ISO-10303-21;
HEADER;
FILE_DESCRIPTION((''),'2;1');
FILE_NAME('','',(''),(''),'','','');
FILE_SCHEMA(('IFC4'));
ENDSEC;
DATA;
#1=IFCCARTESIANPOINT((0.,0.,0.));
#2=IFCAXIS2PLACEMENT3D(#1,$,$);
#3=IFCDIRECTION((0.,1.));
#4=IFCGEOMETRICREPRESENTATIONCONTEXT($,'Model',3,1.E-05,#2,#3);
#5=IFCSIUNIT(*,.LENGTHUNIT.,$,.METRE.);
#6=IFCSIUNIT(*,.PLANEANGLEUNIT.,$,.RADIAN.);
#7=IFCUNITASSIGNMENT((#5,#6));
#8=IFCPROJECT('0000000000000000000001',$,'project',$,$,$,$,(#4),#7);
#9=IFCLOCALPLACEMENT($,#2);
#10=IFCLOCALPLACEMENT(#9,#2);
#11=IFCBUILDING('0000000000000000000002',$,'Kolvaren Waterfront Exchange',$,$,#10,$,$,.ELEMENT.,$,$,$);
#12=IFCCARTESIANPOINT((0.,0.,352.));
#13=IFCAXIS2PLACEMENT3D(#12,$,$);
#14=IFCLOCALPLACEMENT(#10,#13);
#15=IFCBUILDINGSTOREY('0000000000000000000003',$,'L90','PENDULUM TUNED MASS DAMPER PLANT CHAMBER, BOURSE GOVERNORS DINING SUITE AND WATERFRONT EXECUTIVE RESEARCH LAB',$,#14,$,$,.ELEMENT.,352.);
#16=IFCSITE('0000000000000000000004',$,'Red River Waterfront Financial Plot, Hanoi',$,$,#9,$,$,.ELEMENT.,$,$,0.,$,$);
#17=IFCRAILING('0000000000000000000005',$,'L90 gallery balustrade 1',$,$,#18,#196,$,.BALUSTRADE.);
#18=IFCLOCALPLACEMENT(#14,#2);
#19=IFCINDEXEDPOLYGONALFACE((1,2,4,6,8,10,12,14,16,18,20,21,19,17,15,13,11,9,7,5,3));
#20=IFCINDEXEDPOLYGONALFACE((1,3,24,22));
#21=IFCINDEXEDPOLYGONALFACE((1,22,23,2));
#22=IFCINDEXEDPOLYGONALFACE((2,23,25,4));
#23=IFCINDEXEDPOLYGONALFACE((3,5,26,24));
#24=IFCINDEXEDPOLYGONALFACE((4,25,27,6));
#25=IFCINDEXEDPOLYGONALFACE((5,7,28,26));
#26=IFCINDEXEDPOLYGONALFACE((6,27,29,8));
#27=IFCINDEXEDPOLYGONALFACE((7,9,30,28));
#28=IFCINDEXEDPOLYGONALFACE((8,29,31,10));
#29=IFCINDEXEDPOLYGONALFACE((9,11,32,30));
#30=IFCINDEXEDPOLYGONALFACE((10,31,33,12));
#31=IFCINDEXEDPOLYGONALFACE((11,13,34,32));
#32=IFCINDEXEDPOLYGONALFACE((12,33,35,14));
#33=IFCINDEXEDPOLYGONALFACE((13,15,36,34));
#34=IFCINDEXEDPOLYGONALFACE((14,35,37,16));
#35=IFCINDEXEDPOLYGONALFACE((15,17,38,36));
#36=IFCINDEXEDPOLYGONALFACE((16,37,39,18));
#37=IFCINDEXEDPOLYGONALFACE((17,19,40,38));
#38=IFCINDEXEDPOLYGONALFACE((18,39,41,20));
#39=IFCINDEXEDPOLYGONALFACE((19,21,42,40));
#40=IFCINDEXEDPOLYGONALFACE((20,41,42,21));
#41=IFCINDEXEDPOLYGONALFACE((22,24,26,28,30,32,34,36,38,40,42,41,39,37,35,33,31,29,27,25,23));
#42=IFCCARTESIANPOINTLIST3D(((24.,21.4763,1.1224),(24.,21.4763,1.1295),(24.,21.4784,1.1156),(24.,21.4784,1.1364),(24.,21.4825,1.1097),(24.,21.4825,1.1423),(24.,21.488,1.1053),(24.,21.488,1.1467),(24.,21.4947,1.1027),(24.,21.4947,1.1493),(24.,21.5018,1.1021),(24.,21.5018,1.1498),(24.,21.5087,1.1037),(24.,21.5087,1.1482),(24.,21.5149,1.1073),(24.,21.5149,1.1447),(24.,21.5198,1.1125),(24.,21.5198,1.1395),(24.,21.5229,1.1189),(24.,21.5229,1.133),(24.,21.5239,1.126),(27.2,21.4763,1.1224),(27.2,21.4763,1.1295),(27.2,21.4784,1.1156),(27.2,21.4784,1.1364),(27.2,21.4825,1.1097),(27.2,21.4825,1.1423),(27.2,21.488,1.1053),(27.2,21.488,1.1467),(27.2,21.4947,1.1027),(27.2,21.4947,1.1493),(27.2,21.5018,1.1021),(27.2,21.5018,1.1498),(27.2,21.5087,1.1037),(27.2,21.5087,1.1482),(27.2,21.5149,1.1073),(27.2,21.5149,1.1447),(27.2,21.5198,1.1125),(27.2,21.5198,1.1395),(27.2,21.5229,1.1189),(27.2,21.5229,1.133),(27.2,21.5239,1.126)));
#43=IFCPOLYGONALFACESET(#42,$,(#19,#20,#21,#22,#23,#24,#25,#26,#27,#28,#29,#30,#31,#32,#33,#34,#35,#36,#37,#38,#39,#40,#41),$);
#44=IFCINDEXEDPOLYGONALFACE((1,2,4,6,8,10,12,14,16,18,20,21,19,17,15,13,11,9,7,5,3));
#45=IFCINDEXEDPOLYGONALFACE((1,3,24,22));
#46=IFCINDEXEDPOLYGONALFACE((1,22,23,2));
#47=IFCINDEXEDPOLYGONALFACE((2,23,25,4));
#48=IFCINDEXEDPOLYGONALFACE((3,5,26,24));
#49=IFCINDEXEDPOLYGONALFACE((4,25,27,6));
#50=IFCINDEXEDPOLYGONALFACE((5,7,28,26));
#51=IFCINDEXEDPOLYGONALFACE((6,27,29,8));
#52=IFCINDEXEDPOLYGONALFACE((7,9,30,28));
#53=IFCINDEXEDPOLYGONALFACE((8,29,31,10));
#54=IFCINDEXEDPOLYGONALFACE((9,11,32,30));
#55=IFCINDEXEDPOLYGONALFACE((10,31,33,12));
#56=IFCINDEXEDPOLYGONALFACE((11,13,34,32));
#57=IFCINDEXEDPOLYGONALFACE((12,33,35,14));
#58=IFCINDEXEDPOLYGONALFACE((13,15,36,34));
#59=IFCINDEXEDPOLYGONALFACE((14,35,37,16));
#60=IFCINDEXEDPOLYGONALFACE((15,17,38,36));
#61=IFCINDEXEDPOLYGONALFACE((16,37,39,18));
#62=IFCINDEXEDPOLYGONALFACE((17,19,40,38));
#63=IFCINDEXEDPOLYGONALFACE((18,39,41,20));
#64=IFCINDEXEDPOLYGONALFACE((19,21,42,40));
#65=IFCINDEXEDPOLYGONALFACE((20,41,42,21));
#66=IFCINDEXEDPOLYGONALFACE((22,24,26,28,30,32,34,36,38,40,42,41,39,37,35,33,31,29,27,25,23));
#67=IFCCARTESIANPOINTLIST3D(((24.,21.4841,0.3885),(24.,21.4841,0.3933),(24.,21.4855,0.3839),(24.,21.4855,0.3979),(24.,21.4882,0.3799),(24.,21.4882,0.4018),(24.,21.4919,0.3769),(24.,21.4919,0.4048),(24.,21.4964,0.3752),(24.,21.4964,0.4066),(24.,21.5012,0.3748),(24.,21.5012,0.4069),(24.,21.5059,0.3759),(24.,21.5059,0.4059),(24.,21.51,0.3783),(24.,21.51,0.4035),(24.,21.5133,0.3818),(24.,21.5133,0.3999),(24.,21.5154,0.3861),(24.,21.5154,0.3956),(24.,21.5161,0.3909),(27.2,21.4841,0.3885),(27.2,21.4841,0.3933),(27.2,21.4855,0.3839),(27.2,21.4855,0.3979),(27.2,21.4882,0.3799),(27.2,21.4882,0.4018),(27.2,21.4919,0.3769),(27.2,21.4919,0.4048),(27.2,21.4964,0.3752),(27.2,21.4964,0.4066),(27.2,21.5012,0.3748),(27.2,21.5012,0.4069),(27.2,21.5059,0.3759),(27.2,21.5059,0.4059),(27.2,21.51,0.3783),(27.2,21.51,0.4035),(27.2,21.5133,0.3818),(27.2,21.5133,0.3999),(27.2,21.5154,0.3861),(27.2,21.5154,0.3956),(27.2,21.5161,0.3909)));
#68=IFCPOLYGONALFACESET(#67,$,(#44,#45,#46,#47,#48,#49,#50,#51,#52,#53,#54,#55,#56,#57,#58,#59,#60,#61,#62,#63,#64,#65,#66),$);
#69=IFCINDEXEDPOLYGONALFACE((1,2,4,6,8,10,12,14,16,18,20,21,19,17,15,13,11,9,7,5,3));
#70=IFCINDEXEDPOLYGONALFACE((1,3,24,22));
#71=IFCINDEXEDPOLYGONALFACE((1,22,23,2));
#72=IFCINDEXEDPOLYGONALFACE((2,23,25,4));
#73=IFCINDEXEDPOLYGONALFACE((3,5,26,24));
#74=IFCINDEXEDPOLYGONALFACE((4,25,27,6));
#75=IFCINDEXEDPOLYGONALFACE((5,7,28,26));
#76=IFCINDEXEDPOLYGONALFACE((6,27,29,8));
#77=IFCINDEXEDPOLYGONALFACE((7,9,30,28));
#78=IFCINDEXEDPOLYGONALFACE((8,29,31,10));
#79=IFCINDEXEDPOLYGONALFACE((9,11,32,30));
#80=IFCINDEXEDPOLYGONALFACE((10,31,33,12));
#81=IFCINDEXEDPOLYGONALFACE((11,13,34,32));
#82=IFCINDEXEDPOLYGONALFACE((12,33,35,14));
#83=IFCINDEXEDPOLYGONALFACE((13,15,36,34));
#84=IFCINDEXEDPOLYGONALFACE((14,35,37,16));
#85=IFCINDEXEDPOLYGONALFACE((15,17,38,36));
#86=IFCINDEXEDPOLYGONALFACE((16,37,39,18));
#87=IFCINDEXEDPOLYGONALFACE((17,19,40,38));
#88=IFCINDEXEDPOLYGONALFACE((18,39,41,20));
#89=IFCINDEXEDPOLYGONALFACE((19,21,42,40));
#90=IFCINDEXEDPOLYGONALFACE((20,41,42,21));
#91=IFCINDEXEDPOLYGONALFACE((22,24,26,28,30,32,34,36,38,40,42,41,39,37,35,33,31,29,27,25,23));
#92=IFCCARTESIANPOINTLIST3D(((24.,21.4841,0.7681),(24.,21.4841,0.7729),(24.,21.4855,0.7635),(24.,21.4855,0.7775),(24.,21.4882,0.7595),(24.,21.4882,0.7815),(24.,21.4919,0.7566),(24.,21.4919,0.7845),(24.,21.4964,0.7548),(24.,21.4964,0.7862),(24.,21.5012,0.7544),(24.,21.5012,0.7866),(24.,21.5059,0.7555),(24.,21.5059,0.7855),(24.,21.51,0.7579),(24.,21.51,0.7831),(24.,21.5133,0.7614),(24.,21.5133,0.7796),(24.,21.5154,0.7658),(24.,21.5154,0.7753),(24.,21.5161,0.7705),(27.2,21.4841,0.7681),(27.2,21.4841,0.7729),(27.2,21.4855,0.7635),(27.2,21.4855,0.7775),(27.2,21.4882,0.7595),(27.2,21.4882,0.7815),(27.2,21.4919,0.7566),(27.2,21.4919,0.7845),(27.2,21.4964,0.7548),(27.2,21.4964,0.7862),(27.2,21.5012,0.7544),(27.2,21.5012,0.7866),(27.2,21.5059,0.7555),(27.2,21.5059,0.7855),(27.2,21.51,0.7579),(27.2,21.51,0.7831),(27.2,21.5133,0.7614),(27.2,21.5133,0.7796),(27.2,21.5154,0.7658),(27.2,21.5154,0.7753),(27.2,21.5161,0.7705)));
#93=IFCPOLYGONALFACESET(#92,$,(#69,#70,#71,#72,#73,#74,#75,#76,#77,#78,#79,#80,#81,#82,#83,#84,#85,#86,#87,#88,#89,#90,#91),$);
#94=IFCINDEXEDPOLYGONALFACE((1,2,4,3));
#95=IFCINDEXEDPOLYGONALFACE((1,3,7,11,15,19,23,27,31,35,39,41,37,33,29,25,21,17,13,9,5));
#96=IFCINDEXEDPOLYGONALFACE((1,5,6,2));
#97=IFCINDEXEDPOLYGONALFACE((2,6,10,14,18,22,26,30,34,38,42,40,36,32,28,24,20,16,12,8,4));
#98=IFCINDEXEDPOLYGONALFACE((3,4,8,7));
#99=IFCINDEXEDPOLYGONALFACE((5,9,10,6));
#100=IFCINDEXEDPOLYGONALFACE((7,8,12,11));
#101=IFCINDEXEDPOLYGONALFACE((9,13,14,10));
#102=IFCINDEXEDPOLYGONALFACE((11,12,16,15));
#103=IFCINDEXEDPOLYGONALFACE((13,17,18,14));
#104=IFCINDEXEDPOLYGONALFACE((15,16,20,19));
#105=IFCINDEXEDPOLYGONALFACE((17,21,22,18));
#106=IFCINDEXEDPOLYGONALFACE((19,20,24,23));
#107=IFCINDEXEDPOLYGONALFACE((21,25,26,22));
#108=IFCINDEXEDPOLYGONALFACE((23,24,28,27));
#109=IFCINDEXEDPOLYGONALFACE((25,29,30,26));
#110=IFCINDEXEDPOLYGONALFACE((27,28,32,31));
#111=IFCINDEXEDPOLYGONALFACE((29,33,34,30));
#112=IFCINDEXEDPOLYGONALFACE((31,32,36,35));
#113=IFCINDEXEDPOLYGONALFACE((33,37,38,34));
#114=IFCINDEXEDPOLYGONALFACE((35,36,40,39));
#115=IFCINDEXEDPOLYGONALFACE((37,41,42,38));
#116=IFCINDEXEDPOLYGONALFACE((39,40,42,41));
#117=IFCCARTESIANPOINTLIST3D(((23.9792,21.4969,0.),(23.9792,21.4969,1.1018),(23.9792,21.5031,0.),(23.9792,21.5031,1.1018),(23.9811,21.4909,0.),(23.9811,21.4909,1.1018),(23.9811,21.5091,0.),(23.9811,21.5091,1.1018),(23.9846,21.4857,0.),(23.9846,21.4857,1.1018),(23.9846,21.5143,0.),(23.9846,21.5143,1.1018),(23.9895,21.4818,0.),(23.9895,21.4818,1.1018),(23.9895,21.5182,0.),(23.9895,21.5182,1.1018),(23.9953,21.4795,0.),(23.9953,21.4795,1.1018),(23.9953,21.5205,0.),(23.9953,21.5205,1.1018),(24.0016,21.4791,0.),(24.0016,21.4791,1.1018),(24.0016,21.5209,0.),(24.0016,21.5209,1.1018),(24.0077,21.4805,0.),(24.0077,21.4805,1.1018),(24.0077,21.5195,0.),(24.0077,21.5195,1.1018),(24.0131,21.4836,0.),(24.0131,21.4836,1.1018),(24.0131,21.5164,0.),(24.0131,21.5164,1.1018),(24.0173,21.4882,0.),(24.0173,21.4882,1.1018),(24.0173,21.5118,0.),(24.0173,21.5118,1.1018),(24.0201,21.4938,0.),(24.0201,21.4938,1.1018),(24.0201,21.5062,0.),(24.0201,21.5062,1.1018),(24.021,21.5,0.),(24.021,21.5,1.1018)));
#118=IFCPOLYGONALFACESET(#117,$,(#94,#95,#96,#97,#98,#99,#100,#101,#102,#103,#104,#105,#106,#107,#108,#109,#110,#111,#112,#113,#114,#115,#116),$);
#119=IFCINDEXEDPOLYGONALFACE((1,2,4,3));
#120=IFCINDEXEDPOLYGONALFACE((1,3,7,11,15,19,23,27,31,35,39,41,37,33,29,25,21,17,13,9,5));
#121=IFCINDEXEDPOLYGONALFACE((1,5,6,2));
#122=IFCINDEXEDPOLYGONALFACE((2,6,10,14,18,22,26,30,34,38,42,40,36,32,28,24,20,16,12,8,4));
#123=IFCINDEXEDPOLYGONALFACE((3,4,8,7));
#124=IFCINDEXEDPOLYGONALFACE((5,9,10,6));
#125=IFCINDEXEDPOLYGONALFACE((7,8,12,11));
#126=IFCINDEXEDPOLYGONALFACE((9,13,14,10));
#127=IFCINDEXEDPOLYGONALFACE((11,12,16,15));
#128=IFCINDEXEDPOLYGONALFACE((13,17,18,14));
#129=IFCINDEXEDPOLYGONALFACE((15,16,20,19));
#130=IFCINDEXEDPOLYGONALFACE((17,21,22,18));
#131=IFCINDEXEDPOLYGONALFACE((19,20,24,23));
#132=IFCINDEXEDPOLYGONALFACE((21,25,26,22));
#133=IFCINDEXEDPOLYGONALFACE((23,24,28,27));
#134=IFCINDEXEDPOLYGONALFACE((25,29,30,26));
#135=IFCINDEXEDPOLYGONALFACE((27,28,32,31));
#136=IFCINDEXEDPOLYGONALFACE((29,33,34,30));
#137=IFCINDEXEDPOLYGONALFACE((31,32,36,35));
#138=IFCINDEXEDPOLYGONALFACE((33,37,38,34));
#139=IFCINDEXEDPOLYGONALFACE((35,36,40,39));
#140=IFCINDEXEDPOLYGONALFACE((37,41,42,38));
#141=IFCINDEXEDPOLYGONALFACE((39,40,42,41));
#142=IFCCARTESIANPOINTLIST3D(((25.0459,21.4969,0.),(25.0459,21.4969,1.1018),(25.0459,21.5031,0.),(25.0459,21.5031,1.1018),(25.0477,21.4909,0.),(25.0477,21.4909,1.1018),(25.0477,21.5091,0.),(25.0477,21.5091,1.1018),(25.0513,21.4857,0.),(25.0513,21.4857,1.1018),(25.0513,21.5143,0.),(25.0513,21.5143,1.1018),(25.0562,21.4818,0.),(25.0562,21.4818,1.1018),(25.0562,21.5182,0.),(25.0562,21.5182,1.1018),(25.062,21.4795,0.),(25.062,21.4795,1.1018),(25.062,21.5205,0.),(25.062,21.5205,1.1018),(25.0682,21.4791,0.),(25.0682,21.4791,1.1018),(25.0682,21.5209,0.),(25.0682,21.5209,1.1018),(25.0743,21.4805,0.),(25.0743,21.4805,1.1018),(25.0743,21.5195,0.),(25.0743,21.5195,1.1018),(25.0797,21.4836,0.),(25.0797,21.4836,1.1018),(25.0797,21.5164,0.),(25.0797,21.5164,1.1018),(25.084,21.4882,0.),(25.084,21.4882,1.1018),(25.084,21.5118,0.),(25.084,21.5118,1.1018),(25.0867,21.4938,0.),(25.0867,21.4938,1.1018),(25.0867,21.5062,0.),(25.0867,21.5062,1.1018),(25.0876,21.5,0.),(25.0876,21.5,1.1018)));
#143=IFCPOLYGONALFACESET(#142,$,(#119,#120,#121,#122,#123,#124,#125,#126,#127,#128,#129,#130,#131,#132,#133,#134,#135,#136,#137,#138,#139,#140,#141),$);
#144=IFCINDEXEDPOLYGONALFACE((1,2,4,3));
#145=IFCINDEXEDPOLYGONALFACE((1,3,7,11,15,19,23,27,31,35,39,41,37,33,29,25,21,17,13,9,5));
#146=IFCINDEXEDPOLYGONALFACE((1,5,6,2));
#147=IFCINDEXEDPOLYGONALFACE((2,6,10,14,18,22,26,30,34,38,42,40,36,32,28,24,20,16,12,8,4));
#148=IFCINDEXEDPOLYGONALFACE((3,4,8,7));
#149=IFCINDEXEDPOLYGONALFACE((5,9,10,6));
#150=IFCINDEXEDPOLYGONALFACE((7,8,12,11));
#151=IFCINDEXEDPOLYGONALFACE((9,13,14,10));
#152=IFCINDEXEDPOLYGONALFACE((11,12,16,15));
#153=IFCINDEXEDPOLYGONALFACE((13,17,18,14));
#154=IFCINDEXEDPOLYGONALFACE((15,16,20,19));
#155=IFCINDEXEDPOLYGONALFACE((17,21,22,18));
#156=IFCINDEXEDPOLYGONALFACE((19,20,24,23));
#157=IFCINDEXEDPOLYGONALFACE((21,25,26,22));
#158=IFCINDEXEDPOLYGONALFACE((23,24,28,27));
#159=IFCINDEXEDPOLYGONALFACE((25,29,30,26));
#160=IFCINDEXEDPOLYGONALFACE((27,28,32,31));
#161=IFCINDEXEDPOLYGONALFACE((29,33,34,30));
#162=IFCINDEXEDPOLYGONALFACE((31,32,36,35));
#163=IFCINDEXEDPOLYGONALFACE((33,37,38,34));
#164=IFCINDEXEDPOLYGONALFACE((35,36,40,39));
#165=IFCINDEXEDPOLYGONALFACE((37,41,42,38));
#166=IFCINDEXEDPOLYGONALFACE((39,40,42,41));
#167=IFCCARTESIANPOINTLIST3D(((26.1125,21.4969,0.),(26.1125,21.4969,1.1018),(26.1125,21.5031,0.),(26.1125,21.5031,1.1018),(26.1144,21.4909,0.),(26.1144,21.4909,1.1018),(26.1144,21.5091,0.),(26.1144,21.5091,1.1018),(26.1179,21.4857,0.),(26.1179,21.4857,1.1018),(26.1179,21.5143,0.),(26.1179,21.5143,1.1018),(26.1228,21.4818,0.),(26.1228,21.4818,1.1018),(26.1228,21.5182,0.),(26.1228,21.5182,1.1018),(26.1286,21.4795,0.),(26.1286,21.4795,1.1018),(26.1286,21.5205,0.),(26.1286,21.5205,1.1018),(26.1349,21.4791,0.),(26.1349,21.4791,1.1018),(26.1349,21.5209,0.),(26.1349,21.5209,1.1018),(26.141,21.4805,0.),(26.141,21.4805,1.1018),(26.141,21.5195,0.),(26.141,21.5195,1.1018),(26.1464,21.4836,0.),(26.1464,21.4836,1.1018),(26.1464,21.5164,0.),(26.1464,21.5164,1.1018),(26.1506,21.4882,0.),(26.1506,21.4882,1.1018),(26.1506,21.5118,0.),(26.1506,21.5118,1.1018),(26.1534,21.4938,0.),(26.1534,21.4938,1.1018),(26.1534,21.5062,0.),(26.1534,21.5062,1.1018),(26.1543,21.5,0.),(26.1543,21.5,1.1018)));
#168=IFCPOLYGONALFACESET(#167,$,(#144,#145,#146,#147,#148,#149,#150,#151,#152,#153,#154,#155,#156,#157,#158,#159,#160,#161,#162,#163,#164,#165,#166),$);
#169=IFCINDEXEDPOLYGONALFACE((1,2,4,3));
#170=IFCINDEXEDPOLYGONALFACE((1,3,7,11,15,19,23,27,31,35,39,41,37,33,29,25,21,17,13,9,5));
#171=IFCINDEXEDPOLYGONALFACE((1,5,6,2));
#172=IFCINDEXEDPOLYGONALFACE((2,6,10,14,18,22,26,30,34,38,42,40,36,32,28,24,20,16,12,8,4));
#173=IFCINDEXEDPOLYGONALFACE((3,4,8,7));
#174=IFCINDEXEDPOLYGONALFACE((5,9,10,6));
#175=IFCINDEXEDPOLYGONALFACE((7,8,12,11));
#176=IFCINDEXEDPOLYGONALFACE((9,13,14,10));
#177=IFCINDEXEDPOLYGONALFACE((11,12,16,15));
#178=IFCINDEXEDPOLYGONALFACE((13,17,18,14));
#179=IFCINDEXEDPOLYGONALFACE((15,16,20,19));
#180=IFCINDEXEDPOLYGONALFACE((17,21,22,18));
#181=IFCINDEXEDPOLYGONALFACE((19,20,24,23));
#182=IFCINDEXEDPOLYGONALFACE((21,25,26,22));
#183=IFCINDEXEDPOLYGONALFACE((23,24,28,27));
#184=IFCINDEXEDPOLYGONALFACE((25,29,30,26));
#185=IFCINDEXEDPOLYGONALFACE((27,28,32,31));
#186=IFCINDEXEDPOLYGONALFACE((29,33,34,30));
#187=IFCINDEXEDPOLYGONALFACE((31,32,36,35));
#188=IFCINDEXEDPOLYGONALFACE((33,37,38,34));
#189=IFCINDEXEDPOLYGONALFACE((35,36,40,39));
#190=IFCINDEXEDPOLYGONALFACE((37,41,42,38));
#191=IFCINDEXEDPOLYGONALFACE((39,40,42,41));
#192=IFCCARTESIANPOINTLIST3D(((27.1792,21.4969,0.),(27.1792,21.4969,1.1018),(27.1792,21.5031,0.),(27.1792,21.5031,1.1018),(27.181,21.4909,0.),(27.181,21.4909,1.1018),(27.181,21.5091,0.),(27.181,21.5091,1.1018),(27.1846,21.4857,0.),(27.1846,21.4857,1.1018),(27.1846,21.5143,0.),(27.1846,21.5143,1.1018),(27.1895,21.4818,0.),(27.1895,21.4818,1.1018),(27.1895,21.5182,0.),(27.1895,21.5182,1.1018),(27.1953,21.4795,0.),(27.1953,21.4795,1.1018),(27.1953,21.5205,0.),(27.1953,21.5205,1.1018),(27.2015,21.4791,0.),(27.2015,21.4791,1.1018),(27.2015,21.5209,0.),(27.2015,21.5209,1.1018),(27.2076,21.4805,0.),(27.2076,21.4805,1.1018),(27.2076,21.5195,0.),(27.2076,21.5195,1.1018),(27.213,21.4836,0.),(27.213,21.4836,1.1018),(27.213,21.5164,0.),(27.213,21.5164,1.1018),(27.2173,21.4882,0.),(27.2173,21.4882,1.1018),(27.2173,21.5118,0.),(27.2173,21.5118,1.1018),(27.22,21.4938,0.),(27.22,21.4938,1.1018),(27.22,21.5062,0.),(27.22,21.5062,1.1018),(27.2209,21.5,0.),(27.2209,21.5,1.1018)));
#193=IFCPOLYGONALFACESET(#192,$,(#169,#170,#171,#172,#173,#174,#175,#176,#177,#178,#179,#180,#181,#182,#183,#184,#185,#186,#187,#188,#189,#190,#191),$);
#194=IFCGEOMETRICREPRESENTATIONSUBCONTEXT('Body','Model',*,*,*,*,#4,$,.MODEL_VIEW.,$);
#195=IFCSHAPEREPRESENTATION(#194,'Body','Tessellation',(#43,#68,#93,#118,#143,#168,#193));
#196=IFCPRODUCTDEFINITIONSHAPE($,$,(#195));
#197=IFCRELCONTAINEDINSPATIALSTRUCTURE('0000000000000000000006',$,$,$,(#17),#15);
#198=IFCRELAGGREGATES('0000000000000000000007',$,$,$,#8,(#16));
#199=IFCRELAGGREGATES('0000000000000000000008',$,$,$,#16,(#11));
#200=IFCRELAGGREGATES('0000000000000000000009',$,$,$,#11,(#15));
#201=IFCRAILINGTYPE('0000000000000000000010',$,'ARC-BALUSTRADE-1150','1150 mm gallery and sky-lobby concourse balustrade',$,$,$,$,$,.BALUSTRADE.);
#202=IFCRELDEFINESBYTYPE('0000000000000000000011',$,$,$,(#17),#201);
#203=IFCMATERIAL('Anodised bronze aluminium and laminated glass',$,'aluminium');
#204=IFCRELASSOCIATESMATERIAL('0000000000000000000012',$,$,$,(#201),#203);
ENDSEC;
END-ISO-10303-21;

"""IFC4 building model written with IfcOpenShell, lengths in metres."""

from ifc_helpers import new_model, si_unit, direction, frame, origin, origin_2d, place, context, subcontext, project, spatial, circle, extrude, material, type_object, element, save


model = new_model("IFC4")

# Units and contexts
model_context = context("Model", 3, precision=1e-05, world=origin(), true_north=direction((0.0, 1.0)))
body_context = subcontext(model_context, "Body", "Model", "MODEL_VIEW")
ifc_project = project(units=[si_unit("LENGTHUNIT", "METRE"), si_unit("PLANEANGLEUNIT", "RADIAN")], contexts=[model_context])

# Site, building, storey
site_placement = place(None, origin())
site = spatial("IfcSite", under=ifc_project, at=site_placement, Name="Red River Waterfront Financial Plot, Hanoi", CompositionType="ELEMENT", RefElevation=0.0)
building_placement = place(site_placement, origin())
building = spatial("IfcBuilding", under=site, at=building_placement, Name="Kolvaren Waterfront Exchange", CompositionType="ELEMENT")
storey_placement = place(building_placement, frame((0.0, 0.0, 352.0)))
storey = spatial("IfcBuildingStorey", under=building, at=storey_placement, Name="L90", Description="PENDULUM TUNED MASS DAMPER PLANT CHAMBER, BOURSE GOVERNORS DINING SUITE AND WATERFRONT EXECUTIVE RESEARCH LAB", CompositionType="ELEMENT", Elevation=352.0)

# Railing
ifc_material_1 = material(Name="Anodised bronze aluminium and laminated glass", Category="aluminium")
railing_type = type_object("IfcRailingType", Name="ARC-BALUSTRADE-1150", Description="1150 mm gallery and sky-lobby concourse balustrade", PredefinedType="BALUSTRADE", material=ifc_material_1)
for number, where, name in (
    (1, (24.0, 21.5, 0.0), "L90 gallery balustrade 1"),
):
    element("IfcRailing", number, at=place(storey_placement, frame(where)), inside=storey, type_object=railing_type, Name=name, PredefinedType="BALUSTRADE", context=body_context, shape_type="SweptSolid", body=[
        extrude(circle(Radius=0.0239, at=origin_2d()), frame((0.0, 0.0, 1.126), z_axis=(1.0, 0.0, 0.0), x_axis=(0.0, 1.0, 0.0)), (0.0, 0.0, 1.0), 3.2),
        extrude(circle(Radius=0.0161, at=origin_2d()), frame((0.0, 0.0, 0.3909), z_axis=(1.0, 0.0, 0.0), x_axis=(0.0, 1.0, 0.0)), (0.0, 0.0, 1.0), 3.2),
        extrude(circle(Radius=0.0161, at=origin_2d()), frame((0.0, 0.0, 0.7705), z_axis=(1.0, 0.0, 0.0), x_axis=(0.0, 1.0, 0.0)), (0.0, 0.0, 1.0), 3.2),
        extrude(circle(Radius=0.021, at=origin_2d()), origin(), (0.0, 0.0, 1.0), 1.1018),
        extrude(circle(Radius=0.021, at=origin_2d()), frame((1.0667, 0.0, 0.0)), (0.0, 0.0, 1.0), 1.1018),
        extrude(circle(Radius=0.021, at=origin_2d()), frame((2.1333, 0.0, 0.0)), (0.0, 0.0, 1.0), 1.1018),
        extrude(circle(Radius=0.021, at=origin_2d()), frame((3.2, 0.0, 0.0)), (0.0, 0.0, 1.0), 1.1018),
    ])

save(model, "model.ifc")
